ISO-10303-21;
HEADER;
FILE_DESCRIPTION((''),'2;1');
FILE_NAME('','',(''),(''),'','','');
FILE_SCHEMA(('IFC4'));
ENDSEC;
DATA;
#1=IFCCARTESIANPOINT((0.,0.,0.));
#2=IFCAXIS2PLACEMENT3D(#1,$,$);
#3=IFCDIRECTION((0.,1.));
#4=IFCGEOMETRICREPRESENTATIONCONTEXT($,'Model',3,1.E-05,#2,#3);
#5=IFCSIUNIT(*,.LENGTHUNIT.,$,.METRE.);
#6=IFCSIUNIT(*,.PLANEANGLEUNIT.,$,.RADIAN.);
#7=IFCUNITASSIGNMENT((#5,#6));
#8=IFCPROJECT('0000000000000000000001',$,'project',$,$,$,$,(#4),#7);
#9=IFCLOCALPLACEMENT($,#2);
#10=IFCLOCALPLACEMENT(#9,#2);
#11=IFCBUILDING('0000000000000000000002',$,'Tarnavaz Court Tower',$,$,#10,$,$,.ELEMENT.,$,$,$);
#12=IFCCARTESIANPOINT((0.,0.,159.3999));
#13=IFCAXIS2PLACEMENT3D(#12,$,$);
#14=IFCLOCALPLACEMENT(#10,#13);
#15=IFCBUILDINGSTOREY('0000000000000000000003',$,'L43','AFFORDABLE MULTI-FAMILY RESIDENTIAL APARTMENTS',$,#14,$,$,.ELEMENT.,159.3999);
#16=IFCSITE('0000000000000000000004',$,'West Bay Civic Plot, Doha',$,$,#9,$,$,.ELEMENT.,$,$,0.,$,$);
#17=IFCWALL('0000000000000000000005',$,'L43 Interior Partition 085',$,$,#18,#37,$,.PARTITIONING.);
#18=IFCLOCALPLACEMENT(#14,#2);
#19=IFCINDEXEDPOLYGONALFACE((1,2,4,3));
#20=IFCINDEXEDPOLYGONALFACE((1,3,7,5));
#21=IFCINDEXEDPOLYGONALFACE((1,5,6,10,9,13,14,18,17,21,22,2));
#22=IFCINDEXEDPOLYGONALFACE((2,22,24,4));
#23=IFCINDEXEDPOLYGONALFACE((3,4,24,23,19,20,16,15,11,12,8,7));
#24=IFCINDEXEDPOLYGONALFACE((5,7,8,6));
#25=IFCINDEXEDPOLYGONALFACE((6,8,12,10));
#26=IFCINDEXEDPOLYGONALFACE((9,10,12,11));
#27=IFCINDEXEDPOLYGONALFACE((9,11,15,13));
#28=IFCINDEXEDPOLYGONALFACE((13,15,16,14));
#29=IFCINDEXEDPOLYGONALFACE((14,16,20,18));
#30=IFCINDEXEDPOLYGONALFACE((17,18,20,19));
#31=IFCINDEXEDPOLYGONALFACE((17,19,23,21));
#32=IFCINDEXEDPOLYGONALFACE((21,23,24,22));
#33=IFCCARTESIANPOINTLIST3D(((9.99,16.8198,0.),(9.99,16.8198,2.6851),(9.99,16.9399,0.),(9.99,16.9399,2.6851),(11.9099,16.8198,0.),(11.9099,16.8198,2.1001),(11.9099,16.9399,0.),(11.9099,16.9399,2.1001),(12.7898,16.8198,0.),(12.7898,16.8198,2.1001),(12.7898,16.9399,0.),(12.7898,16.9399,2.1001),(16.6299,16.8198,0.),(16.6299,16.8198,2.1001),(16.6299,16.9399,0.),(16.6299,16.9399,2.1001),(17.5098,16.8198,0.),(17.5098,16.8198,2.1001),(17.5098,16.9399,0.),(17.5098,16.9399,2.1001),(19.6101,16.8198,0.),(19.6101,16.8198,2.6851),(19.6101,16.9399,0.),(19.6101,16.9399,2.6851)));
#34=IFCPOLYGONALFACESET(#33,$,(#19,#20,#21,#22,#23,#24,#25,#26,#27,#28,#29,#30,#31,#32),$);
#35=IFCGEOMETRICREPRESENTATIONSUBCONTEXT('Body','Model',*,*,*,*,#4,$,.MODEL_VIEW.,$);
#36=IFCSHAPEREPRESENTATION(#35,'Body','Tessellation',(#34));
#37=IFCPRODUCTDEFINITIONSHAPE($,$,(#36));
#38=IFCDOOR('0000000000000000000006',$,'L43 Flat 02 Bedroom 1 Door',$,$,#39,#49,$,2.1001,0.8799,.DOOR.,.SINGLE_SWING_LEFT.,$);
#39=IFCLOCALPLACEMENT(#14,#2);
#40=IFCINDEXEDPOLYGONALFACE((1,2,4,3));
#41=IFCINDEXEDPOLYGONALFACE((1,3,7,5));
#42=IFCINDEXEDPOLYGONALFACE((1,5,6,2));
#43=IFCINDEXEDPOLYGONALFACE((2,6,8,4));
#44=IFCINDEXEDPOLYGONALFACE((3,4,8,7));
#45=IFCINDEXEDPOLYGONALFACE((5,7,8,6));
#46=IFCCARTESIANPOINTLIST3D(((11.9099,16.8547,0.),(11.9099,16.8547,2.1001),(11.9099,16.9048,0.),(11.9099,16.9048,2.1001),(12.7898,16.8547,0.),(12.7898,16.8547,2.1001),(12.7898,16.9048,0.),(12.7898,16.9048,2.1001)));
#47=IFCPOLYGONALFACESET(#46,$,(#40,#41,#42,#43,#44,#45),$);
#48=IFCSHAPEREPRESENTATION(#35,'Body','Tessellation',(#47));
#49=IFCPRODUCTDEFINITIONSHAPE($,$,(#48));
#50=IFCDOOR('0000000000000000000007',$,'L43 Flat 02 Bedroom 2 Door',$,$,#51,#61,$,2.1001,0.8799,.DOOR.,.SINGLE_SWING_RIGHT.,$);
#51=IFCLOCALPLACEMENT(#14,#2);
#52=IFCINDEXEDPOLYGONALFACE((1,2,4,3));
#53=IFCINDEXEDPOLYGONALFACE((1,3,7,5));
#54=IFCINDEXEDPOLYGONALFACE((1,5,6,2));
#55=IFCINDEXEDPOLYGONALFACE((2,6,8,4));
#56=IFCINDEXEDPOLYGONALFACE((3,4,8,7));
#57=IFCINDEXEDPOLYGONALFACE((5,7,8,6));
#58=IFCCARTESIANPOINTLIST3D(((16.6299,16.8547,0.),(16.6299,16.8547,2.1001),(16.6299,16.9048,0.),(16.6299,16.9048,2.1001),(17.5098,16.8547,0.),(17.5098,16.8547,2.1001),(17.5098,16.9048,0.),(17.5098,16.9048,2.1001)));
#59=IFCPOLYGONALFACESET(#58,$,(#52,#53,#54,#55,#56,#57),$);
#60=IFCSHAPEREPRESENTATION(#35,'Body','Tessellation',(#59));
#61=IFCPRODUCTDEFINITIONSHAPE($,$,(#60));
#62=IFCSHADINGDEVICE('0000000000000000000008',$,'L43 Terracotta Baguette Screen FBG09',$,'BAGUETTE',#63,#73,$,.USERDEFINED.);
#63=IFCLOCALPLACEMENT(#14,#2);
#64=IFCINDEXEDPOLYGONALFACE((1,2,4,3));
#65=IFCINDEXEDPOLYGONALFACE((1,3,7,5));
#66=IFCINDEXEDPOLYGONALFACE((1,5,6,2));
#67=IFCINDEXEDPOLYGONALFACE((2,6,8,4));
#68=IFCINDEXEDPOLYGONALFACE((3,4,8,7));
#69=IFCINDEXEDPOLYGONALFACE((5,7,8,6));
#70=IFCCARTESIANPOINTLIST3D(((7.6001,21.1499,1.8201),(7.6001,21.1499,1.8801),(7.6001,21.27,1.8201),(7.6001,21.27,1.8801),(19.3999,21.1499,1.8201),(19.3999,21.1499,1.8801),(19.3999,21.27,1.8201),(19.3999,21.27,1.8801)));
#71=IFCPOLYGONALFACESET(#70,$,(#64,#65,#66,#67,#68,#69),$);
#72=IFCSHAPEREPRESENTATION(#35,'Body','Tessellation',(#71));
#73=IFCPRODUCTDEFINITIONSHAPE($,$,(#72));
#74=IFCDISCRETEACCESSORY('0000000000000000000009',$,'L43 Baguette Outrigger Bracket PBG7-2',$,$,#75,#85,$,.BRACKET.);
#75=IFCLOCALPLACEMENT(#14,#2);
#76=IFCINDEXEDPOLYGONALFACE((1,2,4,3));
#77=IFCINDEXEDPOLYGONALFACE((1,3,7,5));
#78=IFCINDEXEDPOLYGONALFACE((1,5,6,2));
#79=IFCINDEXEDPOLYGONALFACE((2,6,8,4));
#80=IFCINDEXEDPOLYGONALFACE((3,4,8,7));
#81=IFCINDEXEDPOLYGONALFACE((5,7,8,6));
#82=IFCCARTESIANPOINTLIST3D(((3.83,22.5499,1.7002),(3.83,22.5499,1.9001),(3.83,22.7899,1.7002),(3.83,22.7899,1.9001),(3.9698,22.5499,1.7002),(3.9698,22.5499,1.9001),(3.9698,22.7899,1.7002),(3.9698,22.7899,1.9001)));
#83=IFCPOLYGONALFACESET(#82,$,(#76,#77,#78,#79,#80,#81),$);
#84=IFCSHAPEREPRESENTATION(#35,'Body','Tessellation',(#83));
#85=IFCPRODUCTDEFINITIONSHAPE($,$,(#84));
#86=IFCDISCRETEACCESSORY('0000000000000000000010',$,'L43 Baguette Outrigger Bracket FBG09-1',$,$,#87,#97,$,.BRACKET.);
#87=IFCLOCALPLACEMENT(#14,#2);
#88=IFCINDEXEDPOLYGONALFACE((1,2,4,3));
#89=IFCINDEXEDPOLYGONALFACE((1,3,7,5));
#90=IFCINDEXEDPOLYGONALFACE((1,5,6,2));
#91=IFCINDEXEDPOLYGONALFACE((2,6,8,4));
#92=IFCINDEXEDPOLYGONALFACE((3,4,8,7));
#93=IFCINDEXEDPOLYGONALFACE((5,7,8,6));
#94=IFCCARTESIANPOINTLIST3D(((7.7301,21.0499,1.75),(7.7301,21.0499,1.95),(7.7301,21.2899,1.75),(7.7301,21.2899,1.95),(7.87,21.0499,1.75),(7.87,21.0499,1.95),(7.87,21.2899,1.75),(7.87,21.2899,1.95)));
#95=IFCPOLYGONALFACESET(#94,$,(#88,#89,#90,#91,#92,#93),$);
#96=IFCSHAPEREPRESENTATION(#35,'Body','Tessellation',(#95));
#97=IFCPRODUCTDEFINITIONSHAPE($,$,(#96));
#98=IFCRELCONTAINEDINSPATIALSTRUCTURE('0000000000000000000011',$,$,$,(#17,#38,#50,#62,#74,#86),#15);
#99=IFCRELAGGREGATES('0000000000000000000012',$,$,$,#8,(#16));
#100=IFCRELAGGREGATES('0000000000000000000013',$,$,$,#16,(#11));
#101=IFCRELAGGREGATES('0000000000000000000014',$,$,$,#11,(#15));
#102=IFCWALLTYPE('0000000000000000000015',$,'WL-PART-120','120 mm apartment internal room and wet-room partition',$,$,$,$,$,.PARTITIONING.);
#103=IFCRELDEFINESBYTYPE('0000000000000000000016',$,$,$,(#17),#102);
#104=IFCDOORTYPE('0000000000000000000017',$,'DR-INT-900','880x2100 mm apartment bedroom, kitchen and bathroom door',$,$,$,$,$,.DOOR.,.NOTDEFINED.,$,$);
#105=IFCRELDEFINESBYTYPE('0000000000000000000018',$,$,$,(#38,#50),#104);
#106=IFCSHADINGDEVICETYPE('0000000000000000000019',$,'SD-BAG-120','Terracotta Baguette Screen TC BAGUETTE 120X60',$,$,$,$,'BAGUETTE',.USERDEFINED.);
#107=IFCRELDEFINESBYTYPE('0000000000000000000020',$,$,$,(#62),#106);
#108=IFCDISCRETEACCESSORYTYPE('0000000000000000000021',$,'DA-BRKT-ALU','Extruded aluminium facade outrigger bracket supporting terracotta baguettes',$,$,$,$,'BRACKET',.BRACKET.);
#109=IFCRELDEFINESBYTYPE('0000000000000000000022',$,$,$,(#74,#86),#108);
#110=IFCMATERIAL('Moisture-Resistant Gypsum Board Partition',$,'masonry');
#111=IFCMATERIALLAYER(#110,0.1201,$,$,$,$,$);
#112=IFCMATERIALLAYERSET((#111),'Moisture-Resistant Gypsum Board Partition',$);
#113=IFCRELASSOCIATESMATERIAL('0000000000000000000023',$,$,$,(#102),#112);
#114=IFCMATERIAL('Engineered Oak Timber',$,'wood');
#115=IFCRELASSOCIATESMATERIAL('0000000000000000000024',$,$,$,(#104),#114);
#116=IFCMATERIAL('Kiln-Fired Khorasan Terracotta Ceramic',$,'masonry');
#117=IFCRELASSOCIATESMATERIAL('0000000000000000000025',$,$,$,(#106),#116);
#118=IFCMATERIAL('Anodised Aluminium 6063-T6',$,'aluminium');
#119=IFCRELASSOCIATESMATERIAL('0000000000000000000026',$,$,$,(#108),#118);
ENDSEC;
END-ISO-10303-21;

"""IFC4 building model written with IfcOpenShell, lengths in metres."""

from ifc_helpers import new_model, si_unit, direction, frame, frame_2d, origin, origin_2d, place, context, subcontext, project, spatial, rectangle, extrude, material, layer, layer_set, material_profile, profile_set, type_object, element, fill, save


model = new_model("IFC4")

# Units and contexts
model_context = context("Model", 3, precision=1e-05, world=origin(), true_north=direction((0.0, 1.0)))
body_context = subcontext(model_context, "Body", "Model", "MODEL_VIEW")
ifc_project = project(units=[si_unit("LENGTHUNIT", "METRE"), si_unit("PLANEANGLEUNIT", "RADIAN")], contexts=[model_context])

# Site, building, storey
site_placement = place(None, origin())
site = spatial("IfcSite", under=ifc_project, at=site_placement, Name="West Bay Civic Plot, Doha", CompositionType="ELEMENT", RefElevation=0.0)
building_placement = place(site_placement, origin())
building = spatial("IfcBuilding", under=site, at=building_placement, Name="Tarnavaz Court Tower", CompositionType="ELEMENT")
storey_placement = place(building_placement, frame((0.0, 0.0, 159.3999)))
storey = spatial("IfcBuildingStorey", under=building, at=storey_placement, Name="L43", Description="AFFORDABLE MULTI-FAMILY RESIDENTIAL APARTMENTS", CompositionType="ELEMENT", Elevation=159.3999)

# Shared definitions
ifc_material_1 = material(Name="Anodised Aluminium 6063-T6", Category="aluminium")

# Shared definitions
ifc_material_2 = material(Name="Moisture-Resistant Gypsum Board Partition", Category="masonry")
ifc_layer_1 = layer(ifc_material_2, 0.1201)
ifc_layer_set_1 = layer_set([ifc_layer_1], Name="Moisture-Resistant Gypsum Board Partition")
wall_type_1 = type_object("IfcWallType", Name="WL-PART-120", Description="120 mm apartment internal room and wet-room partition", PredefinedType="PARTITIONING", material=ifc_layer_set_1)
ifc_material_3 = material(Name="Engineered Oak Timber", Category="wood")
door_type_1 = type_object("IfcDoorType", Name="DR-INT-900", Description="880x2100 mm apartment bedroom, kitchen and bathroom door", OperationType="NOTDEFINED", PredefinedType="DOOR", material=ifc_material_3)

# Wall, openings, doors
wall_1_placement = place(storey_placement, frame((9.99, 16.8799, 0.0), z_axis=(0.0, 0.0, 1.0), x_axis=(1.0, 0.0, 0.0)))
wall_1 = element("IfcWall", 1, at=wall_1_placement, inside=storey, type_object=wall_type_1, Name="L43 Interior Partition 085", PredefinedType="PARTITIONING", context=body_context, shape_type="SweptSolid", body=[
    extrude(rectangle(XDim=9.6201, YDim=0.1201, at=frame_2d((4.8101, 0.0))), origin(), (0.0, 0.0, 1.0), 2.6851),
])
opening_1_placement = place(wall_1_placement, frame((1.9199, 0.0, 0.0)))
opening_1 = element("IfcOpeningElement", 2, at=opening_1_placement, cuts=wall_1, PredefinedType="OPENING", context=body_context, shape_type="SweptSolid", body=[
    extrude(rectangle(XDim=0.8799, YDim=2.1001, at=frame_2d((0.4399, 1.05))), frame((0.0, 0.0701, 0.0), z_axis=(0.0, -1.0, 0.0), x_axis=(1.0, 0.0, 0.0)), (0.0, 0.0, 1.0), 0.1401),
])
opening_2_placement = place(wall_1_placement, frame((6.6399, 0.0, 0.0)))
opening_2 = element("IfcOpeningElement", 3, at=opening_2_placement, cuts=wall_1, PredefinedType="OPENING", context=body_context, shape_type="SweptSolid", body=[
    extrude(rectangle(XDim=0.8799, YDim=2.1001, at=frame_2d((0.4399, 1.05))), frame((0.0, 0.0701, 0.0), z_axis=(0.0, -1.0, 0.0), x_axis=(1.0, 0.0, 0.0)), (0.0, 0.0, 1.0), 0.1401),
])
door_1_placement = place(opening_1_placement, origin())
door_1 = element("IfcDoor", 4, at=door_1_placement, inside=storey, type_object=door_type_1, Name="L43 Flat 02 Bedroom 1 Door", OperationType="SINGLE_SWING_LEFT", OverallHeight=2.1001, OverallWidth=0.8799, PredefinedType="DOOR", context=body_context, shape_type="SweptSolid", body=[
    extrude(rectangle(XDim=0.8799, YDim=2.1001, at=frame_2d((0.4399, 1.05))), frame((0.0, 0.0249, 0.0), z_axis=(0.0, -1.0, 0.0), x_axis=(1.0, 0.0, 0.0)), (0.0, 0.0, 1.0), 0.05),
])
fill(opening_1, door_1)
door_2_placement = place(opening_2_placement, origin())
door_2 = element("IfcDoor", 5, at=door_2_placement, inside=storey, type_object=door_type_1, Name="L43 Flat 02 Bedroom 2 Door", OperationType="SINGLE_SWING_RIGHT", OverallHeight=2.1001, OverallWidth=0.8799, PredefinedType="DOOR", context=body_context, shape_type="SweptSolid", body=[
    extrude(rectangle(XDim=0.8799, YDim=2.1001, at=frame_2d((0.4399, 1.05))), frame((0.0, 0.0249, 0.0), z_axis=(0.0, -1.0, 0.0), x_axis=(1.0, 0.0, 0.0)), (0.0, 0.0, 1.0), 0.05),
])
fill(opening_2, door_2)

# Shading device
ifc_material_4 = material(Name="Kiln-Fired Khorasan Terracotta Ceramic", Category="masonry")
ifc_material_profile_1 = material_profile(ifc_material_4, rectangle(XDim=0.1201, YDim=0.0601, at=origin_2d()), Name="TC BAGUETTE 120X60")
ifc_profile_set_1 = profile_set([ifc_material_profile_1], Name="Kiln-Fired Khorasan Terracotta Ceramic")
shading_device_type = type_object("IfcShadingDeviceType", Name="SD-BAG-120", Description="Terracotta Baguette Screen TC BAGUETTE 120X60", ElementType="BAGUETTE", PredefinedType="USERDEFINED", material=ifc_profile_set_1)
shading_device_placement = place(storey_placement, frame((7.6001, 21.21, 1.8501), z_axis=(1.0, 0.0, 0.0), x_axis=(0.0, 1.0, 0.0)))
element("IfcShadingDevice", 6, at=shading_device_placement, inside=storey, type_object=shading_device_type, Name="L43 Terracotta Baguette Screen FBG09", ObjectType="BAGUETTE", PredefinedType="USERDEFINED", context=body_context, shape_type="SweptSolid", body=[
    extrude(rectangle(XDim=0.1201, YDim=0.0601, at=origin_2d()), origin(), (0.0, 0.0, 1.0), 11.7998),
])

# Discrete accessories
discrete_accessory_type = type_object("IfcDiscreteAccessoryType", Name="DA-BRKT-ALU", Description="Extruded aluminium facade outrigger bracket supporting terracotta baguettes", ElementType="BRACKET", PredefinedType="BRACKET", material=ifc_material_1)
for number, where, z_axis, x_axis, name in (
    (7, (3.8999, 22.6699, 1.7002), (0.0, 0.0, 1.0), (1.0, 0.0, 0.0), "L43 Baguette Outrigger Bracket PBG7-2"),
    (8, (7.8, 21.1699, 1.75), (0.0, 0.0, 1.0), (1.0, 0.0, 0.0), "L43 Baguette Outrigger Bracket FBG09-1"),
):
    element("IfcDiscreteAccessory", number, at=place(storey_placement, frame(where, z_axis=z_axis, x_axis=x_axis)), inside=storey, type_object=discrete_accessory_type, Name=name, PredefinedType="BRACKET", context=body_context, shape_type="SweptSolid", body=[
        extrude(rectangle(XDim=0.1399, YDim=0.24, at=origin_2d()), origin(), (0.0, 0.0, 1.0), 0.2),
    ])

save(model, "model.ifc")
